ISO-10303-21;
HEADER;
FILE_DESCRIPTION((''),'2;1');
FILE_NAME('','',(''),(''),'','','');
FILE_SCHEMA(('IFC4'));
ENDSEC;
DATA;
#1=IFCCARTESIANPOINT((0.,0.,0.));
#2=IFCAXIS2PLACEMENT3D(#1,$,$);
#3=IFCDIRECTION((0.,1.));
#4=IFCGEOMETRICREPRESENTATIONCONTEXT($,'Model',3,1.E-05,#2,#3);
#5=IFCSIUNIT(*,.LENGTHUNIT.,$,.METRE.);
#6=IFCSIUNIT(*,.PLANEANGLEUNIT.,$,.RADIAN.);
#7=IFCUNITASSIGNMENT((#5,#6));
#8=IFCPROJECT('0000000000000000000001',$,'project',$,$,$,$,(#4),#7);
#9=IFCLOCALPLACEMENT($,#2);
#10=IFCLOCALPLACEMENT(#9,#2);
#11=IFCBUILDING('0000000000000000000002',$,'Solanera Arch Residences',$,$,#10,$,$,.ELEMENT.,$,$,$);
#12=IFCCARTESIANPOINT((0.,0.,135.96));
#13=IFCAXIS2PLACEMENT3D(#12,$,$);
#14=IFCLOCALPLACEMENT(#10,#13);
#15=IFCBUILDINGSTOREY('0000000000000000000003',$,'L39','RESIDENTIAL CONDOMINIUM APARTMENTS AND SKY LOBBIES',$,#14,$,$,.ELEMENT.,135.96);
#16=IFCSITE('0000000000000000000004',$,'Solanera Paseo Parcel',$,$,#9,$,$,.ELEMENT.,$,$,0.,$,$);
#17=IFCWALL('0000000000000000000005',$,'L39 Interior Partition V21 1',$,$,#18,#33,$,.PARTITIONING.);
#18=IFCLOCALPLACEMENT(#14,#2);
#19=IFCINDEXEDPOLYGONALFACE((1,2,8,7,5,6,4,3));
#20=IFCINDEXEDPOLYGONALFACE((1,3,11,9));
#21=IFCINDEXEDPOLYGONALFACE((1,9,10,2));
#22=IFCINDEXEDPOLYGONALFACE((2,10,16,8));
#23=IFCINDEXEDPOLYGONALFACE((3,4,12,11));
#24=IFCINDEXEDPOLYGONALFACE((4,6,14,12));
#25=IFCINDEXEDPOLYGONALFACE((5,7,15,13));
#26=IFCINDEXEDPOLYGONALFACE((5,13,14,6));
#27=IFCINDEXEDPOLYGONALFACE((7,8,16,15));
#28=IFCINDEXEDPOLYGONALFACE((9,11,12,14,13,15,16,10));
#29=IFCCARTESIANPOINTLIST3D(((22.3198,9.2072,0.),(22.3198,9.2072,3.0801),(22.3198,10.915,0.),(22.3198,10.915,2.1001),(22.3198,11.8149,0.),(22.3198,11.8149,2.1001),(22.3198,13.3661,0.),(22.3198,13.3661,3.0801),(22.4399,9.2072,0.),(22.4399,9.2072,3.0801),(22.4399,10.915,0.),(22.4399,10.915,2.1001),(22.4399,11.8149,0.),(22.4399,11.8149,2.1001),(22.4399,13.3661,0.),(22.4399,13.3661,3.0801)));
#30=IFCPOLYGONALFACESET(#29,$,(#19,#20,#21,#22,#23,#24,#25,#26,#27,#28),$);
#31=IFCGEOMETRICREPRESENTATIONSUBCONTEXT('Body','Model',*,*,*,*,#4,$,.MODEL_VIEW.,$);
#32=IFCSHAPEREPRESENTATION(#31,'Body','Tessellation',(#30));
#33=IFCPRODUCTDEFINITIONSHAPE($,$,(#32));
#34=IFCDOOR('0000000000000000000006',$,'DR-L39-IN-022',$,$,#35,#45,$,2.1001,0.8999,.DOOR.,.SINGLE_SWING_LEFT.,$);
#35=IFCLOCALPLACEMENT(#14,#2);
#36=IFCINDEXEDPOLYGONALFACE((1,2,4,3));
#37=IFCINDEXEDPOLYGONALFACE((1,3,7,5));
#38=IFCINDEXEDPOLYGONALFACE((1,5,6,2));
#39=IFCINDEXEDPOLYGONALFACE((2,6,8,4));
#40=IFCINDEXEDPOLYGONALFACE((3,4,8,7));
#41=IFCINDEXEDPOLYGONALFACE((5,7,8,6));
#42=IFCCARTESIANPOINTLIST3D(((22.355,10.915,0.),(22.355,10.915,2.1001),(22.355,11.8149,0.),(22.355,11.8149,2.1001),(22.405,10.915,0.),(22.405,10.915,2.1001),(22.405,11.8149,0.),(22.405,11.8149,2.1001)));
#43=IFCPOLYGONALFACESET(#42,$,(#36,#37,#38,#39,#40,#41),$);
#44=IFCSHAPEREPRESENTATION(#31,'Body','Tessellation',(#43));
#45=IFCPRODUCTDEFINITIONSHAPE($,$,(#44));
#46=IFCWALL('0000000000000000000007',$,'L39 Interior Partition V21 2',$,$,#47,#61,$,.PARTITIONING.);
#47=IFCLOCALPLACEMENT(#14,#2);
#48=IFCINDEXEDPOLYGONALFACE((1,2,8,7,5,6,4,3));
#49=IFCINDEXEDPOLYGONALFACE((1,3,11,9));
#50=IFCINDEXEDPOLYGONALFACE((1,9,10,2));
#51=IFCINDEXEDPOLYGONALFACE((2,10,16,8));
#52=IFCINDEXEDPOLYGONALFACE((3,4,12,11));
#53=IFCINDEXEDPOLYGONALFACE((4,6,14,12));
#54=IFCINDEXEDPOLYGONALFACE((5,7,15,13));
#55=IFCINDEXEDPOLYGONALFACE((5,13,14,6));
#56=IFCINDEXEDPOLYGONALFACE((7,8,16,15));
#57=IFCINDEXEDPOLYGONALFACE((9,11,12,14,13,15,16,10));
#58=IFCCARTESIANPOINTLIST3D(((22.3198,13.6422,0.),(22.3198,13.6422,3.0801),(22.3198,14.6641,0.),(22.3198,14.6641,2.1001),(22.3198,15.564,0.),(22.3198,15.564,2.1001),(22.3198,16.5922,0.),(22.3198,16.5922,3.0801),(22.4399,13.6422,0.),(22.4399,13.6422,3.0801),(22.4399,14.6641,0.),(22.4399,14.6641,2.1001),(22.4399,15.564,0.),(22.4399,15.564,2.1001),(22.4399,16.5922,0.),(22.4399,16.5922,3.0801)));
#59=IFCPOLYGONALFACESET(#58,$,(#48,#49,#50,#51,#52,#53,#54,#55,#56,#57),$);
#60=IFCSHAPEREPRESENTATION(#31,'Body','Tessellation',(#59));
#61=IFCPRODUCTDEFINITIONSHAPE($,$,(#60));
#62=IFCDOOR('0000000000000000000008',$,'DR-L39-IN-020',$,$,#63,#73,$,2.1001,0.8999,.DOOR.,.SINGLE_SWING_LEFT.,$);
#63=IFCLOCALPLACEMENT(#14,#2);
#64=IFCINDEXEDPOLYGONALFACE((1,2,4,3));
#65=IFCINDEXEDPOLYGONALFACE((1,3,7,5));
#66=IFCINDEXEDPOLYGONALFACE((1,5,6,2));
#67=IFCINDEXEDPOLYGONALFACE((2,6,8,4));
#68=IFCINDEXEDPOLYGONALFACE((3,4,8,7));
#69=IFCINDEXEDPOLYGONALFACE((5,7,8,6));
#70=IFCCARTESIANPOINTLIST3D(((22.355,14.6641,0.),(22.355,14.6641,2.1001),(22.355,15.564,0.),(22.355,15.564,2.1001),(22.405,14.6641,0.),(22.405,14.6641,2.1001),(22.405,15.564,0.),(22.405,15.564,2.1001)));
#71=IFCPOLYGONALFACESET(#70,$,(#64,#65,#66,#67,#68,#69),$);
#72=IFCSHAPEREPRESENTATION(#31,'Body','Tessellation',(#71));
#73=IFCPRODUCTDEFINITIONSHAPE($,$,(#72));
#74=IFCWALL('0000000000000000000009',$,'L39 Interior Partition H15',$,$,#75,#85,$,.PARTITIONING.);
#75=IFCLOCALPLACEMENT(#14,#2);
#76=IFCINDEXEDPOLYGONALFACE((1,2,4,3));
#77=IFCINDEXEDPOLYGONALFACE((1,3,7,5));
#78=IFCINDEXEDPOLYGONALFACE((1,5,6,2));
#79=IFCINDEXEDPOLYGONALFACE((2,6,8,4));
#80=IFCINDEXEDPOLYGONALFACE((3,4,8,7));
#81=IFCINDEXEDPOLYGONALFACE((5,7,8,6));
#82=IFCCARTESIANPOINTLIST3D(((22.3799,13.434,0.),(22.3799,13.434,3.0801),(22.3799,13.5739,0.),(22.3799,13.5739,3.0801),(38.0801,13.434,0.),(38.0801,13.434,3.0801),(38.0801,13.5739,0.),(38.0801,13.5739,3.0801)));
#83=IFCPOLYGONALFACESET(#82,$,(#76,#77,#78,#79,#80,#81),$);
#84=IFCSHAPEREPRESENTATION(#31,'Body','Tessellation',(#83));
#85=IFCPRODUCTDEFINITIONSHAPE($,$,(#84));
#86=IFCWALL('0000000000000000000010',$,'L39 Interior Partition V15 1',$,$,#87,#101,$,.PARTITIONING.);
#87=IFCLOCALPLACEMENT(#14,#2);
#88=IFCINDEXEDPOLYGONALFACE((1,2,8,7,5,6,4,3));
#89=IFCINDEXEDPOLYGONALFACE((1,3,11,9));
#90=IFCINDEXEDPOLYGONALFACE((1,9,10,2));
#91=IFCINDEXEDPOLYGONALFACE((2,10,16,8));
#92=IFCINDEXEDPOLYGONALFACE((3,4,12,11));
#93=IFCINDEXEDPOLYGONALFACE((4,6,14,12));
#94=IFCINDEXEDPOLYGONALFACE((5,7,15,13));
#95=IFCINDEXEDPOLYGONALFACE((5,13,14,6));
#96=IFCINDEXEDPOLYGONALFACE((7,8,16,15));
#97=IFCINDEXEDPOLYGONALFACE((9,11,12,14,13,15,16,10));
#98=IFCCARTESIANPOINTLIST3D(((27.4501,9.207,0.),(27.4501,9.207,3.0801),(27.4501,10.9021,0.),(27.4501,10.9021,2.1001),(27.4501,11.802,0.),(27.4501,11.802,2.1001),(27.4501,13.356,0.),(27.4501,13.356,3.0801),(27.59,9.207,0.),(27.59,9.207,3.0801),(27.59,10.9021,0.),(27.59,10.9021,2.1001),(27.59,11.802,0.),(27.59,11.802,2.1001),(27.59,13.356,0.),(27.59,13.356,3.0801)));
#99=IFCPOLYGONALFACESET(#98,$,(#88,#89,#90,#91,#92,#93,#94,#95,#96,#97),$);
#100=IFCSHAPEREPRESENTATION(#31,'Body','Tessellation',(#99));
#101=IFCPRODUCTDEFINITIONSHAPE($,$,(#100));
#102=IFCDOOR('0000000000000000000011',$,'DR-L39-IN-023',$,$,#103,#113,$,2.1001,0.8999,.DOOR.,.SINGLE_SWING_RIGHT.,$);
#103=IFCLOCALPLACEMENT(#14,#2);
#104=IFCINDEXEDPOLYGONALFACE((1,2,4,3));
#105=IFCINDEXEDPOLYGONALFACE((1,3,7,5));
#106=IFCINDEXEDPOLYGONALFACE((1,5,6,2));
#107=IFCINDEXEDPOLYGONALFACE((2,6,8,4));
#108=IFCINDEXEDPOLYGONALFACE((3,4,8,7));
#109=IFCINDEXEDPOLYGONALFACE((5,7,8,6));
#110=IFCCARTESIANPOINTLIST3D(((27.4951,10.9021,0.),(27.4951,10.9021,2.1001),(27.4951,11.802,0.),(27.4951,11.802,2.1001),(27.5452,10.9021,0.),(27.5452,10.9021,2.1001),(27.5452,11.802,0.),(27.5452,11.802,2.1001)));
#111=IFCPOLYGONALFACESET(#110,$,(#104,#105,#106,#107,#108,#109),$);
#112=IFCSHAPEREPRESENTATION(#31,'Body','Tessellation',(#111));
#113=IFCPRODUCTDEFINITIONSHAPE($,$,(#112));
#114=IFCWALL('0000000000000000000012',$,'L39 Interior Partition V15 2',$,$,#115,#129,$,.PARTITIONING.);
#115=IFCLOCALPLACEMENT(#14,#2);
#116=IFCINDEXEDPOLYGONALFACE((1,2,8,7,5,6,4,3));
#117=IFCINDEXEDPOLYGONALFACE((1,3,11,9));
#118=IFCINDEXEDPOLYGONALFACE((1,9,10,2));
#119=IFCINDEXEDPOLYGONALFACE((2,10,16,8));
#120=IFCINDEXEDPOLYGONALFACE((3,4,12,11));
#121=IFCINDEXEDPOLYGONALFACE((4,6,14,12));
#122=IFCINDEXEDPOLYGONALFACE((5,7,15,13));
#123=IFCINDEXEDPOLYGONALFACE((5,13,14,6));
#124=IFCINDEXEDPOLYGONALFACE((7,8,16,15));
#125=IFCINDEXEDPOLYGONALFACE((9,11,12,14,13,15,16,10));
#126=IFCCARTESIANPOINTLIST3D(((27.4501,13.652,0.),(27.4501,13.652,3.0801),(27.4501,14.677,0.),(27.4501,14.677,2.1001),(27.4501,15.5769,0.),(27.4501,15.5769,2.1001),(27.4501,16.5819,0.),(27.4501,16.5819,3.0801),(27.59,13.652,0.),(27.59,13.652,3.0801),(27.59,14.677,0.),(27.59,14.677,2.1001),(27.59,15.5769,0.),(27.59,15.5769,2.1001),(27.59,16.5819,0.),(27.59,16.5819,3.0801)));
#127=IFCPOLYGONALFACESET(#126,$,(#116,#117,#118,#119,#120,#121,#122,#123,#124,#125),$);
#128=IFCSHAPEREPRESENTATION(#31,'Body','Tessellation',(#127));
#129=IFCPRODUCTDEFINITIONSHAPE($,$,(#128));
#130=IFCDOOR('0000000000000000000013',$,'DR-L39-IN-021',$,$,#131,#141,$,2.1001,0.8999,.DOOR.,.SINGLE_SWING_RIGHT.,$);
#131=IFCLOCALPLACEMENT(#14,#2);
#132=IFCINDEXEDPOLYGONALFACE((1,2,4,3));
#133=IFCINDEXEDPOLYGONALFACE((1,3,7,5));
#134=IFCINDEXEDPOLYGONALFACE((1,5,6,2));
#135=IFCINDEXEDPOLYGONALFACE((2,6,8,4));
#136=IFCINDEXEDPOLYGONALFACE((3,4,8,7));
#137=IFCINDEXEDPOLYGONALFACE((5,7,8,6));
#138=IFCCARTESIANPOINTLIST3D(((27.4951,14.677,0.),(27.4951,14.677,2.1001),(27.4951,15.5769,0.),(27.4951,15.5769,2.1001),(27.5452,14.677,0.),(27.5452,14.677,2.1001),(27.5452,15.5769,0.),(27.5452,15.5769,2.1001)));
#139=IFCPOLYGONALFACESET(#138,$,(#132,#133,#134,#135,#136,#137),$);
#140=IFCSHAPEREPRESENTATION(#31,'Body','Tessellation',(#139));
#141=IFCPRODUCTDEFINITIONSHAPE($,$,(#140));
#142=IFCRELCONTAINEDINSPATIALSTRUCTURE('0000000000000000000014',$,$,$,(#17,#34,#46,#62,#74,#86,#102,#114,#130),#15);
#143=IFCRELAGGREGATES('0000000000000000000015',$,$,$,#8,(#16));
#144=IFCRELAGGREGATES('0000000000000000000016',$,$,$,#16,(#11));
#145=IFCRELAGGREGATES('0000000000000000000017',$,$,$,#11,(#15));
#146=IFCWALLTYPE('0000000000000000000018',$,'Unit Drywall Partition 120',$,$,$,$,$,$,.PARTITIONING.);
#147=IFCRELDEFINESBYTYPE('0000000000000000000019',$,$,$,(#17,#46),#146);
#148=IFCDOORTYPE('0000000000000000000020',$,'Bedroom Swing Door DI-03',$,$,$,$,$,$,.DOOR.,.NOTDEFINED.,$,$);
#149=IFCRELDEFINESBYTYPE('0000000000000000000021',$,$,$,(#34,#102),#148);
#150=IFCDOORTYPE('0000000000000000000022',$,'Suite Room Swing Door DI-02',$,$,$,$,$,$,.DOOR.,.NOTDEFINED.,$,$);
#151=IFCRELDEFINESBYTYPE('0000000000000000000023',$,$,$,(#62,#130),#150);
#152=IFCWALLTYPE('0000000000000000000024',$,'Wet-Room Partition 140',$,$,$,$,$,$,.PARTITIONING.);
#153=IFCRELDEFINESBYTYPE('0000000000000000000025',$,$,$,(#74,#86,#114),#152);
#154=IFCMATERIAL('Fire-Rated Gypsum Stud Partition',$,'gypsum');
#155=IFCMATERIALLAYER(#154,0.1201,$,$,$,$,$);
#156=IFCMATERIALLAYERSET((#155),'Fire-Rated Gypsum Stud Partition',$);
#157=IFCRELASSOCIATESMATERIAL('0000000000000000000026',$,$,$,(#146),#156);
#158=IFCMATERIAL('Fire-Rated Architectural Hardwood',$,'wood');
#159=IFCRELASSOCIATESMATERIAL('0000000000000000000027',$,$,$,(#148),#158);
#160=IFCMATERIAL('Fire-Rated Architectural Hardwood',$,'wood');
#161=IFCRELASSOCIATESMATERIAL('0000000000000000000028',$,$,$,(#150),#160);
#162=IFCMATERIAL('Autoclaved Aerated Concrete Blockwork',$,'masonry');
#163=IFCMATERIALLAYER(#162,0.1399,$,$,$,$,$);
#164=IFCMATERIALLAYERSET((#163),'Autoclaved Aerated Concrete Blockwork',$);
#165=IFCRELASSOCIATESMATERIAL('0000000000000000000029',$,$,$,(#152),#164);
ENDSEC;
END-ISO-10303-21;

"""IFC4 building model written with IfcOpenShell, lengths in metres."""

from ifc_helpers import new_model, si_unit, direction, frame, frame_2d, origin, place, context, subcontext, project, spatial, rectangle, extrude, material, layer, layer_set, type_object, element, fill, save


model = new_model("IFC4")

# Units and contexts
model_context = context("Model", 3, precision=1e-05, world=origin(), true_north=direction((0.0, 1.0)))
body_context = subcontext(model_context, "Body", "Model", "MODEL_VIEW")
ifc_project = project(units=[si_unit("LENGTHUNIT", "METRE"), si_unit("PLANEANGLEUNIT", "RADIAN")], contexts=[model_context])

# Site, building, storey
site_placement = place(None, origin())
site = spatial("IfcSite", under=ifc_project, at=site_placement, Name="Solanera Paseo Parcel", CompositionType="ELEMENT", RefElevation=0.0)
building_placement = place(site_placement, origin())
building = spatial("IfcBuilding", under=site, at=building_placement, Name="Solanera Arch Residences", CompositionType="ELEMENT")
storey_placement = place(building_placement, frame((0.0, 0.0, 135.96)))
storey = spatial("IfcBuildingStorey", under=building, at=storey_placement, Name="L39", Description="RESIDENTIAL CONDOMINIUM APARTMENTS AND SKY LOBBIES", CompositionType="ELEMENT", Elevation=135.96)

# Walls, openings, doors
ifc_material_1 = material(Name="Fire-Rated Gypsum Stud Partition", Category="gypsum")
ifc_layer_1 = layer(ifc_material_1, 0.1201)
ifc_layer_set_1 = layer_set([ifc_layer_1], Name="Fire-Rated Gypsum Stud Partition")
wall_type_1 = type_object("IfcWallType", Name="Unit Drywall Partition 120", PredefinedType="PARTITIONING", material=ifc_layer_set_1)
wall_1_placement = place(storey_placement, frame((22.3799, 9.207, 0.0), z_axis=(0.0, 0.0, 1.0), x_axis=(0.0, 1.0, 0.0)))
wall_1 = element("IfcWall", 1, at=wall_1_placement, inside=storey, type_object=wall_type_1, Name="L39 Interior Partition V21 1", PredefinedType="PARTITIONING", context=body_context, shape_type="SweptSolid", body=[
    extrude(rectangle(XDim=4.1589, YDim=0.1201, at=frame_2d((2.0796, 0.0))), origin(), (0.0, 0.0, 1.0), 3.0801),
])
opening_1_placement = place(wall_1_placement, frame((1.708, 0.0, 0.0)))
opening_1 = element("IfcOpeningElement", 2, at=opening_1_placement, cuts=wall_1, PredefinedType="OPENING", context=body_context, shape_type="SweptSolid", body=[
    extrude(rectangle(XDim=0.8999, YDim=2.1001, at=frame_2d((0.45, 1.05))), frame((0.0, 0.0701, 0.0), z_axis=(0.0, -1.0, 0.0), x_axis=(1.0, 0.0, 0.0)), (0.0, 0.0, 1.0), 0.1401),
])
ifc_material_2 = material(Name="Fire-Rated Architectural Hardwood", Category="wood")
door_type_1 = type_object("IfcDoorType", Name="Bedroom Swing Door DI-03", OperationType="NOTDEFINED", PredefinedType="DOOR", material=ifc_material_2)
door_1_placement = place(opening_1_placement, origin())
door_1 = element("IfcDoor", 3, at=door_1_placement, inside=storey, type_object=door_type_1, Name="DR-L39-IN-022", OperationType="SINGLE_SWING_LEFT", OverallHeight=2.1001, OverallWidth=0.8999, PredefinedType="DOOR", context=body_context, shape_type="SweptSolid", body=[
    extrude(rectangle(XDim=0.8999, YDim=2.1001, at=frame_2d((0.45, 1.05))), frame((0.0, 0.0249, 0.0), z_axis=(0.0, -1.0, 0.0), x_axis=(1.0, 0.0, 0.0)), (0.0, 0.0, 1.0), 0.05),
])
fill(opening_1, door_1)
wall_2_placement = place(storey_placement, frame((22.3799, 13.6421, 0.0), z_axis=(0.0, 0.0, 1.0), x_axis=(0.0, 1.0, 0.0)))
wall_2 = element("IfcWall", 4, at=wall_2_placement, inside=storey, type_object=wall_type_1, Name="L39 Interior Partition V21 2", PredefinedType="PARTITIONING", context=body_context, shape_type="SweptSolid", body=[
    extrude(rectangle(XDim=2.95, YDim=0.1201, at=frame_2d((1.4751, 0.0))), origin(), (0.0, 0.0, 1.0), 3.0801),
])
opening_2_placement = place(wall_2_placement, frame((1.022, 0.0, 0.0)))
opening_2 = element("IfcOpeningElement", 5, at=opening_2_placement, cuts=wall_2, PredefinedType="OPENING", context=body_context, shape_type="SweptSolid", body=[
    extrude(rectangle(XDim=0.8999, YDim=2.1001, at=frame_2d((0.45, 1.05))), frame((0.0, 0.0701, 0.0), z_axis=(0.0, -1.0, 0.0), x_axis=(1.0, 0.0, 0.0)), (0.0, 0.0, 1.0), 0.1401),
])
ifc_material_3 = material(Name="Fire-Rated Architectural Hardwood", Category="wood")
door_type_2 = type_object("IfcDoorType", Name="Suite Room Swing Door DI-02", OperationType="NOTDEFINED", PredefinedType="DOOR", material=ifc_material_3)
door_2_placement = place(opening_2_placement, origin())
door_2 = element("IfcDoor", 6, at=door_2_placement, inside=storey, type_object=door_type_2, Name="DR-L39-IN-020", OperationType="SINGLE_SWING_LEFT", OverallHeight=2.1001, OverallWidth=0.8999, PredefinedType="DOOR", context=body_context, shape_type="SweptSolid", body=[
    extrude(rectangle(XDim=0.8999, YDim=2.1001, at=frame_2d((0.45, 1.05))), frame((0.0, 0.0249, 0.0), z_axis=(0.0, -1.0, 0.0), x_axis=(1.0, 0.0, 0.0)), (0.0, 0.0, 1.0), 0.05),
])
fill(opening_2, door_2)

# Wall
ifc_material_4 = material(Name="Autoclaved Aerated Concrete Blockwork", Category="masonry")
ifc_layer_2 = layer(ifc_material_4, 0.1399)
ifc_layer_set_2 = layer_set([ifc_layer_2], Name="Autoclaved Aerated Concrete Blockwork")
wall_type_2 = type_object("IfcWallType", Name="Wet-Room Partition 140", PredefinedType="PARTITIONING", material=ifc_layer_set_2)
wall_3_placement = place(storey_placement, frame((22.3799, 13.5039, 0.0), z_axis=(0.0, 0.0, 1.0), x_axis=(1.0, 0.0, 0.0)))
element("IfcWall", 7, at=wall_3_placement, inside=storey, type_object=wall_type_2, Name="L39 Interior Partition H15", PredefinedType="PARTITIONING", context=body_context, shape_type="SweptSolid", body=[
    extrude(rectangle(XDim=15.7002, YDim=0.1399, at=frame_2d((7.8501, 0.0))), origin(), (0.0, 0.0, 1.0), 3.0801),
])

# Walls, openings, doors
wall_4_placement = place(storey_placement, frame((27.52, 9.207, 0.0), z_axis=(0.0, 0.0, 1.0), x_axis=(0.0, 1.0, 0.0)))
wall_4 = element("IfcWall", 8, at=wall_4_placement, inside=storey, type_object=wall_type_2, Name="L39 Interior Partition V15 1", PredefinedType="PARTITIONING", context=body_context, shape_type="SweptSolid", body=[
    extrude(rectangle(XDim=4.1489, YDim=0.1399, at=frame_2d((2.0745, 0.0))), origin(), (0.0, 0.0, 1.0), 3.0801),
])
opening_3_placement = place(wall_4_placement, frame((1.6951, 0.0, 0.0)))
opening_3 = element("IfcOpeningElement", 9, at=opening_3_placement, cuts=wall_4, PredefinedType="OPENING", context=body_context, shape_type="SweptSolid", body=[
    extrude(rectangle(XDim=0.8999, YDim=2.1001, at=frame_2d((0.45, 1.05))), frame((0.0, 0.0798, 0.0), z_axis=(0.0, -1.0, 0.0), x_axis=(1.0, 0.0, 0.0)), (0.0, 0.0, 1.0), 0.1599),
])
door_3_placement = place(opening_3_placement, origin())
door_3 = element("IfcDoor", 10, at=door_3_placement, inside=storey, type_object=door_type_1, Name="DR-L39-IN-023", OperationType="SINGLE_SWING_RIGHT", OverallHeight=2.1001, OverallWidth=0.8999, PredefinedType="DOOR", context=body_context, shape_type="SweptSolid", body=[
    extrude(rectangle(XDim=0.8999, YDim=2.1001, at=frame_2d((0.45, 1.05))), frame((0.0, 0.0249, 0.0), z_axis=(0.0, -1.0, 0.0), x_axis=(1.0, 0.0, 0.0)), (0.0, 0.0, 1.0), 0.05),
])
fill(opening_3, door_3)
wall_5_placement = place(storey_placement, frame((27.52, 13.6521, 0.0), z_axis=(0.0, 0.0, 1.0), x_axis=(0.0, 1.0, 0.0)))
wall_5 = element("IfcWall", 11, at=wall_5_placement, inside=storey, type_object=wall_type_2, Name="L39 Interior Partition V15 2", PredefinedType="PARTITIONING", context=body_context, shape_type="SweptSolid", body=[
    extrude(rectangle(XDim=2.9299, YDim=0.1399, at=frame_2d((1.4648, 0.0))), origin(), (0.0, 0.0, 1.0), 3.0801),
])
opening_4_placement = place(wall_5_placement, frame((1.0249, 0.0, 0.0)))
opening_4 = element("IfcOpeningElement", 12, at=opening_4_placement, cuts=wall_5, PredefinedType="OPENING", context=body_context, shape_type="SweptSolid", body=[
    extrude(rectangle(XDim=0.8999, YDim=2.1001, at=frame_2d((0.45, 1.05))), frame((0.0, 0.0798, 0.0), z_axis=(0.0, -1.0, 0.0), x_axis=(1.0, 0.0, 0.0)), (0.0, 0.0, 1.0), 0.1599),
])
door_4_placement = place(opening_4_placement, origin())
door_4 = element("IfcDoor", 13, at=door_4_placement, inside=storey, type_object=door_type_2, Name="DR-L39-IN-021", OperationType="SINGLE_SWING_RIGHT", OverallHeight=2.1001, OverallWidth=0.8999, PredefinedType="DOOR", context=body_context, shape_type="SweptSolid", body=[
    extrude(rectangle(XDim=0.8999, YDim=2.1001, at=frame_2d((0.45, 1.05))), frame((0.0, 0.0249, 0.0), z_axis=(0.0, -1.0, 0.0), x_axis=(1.0, 0.0, 0.0)), (0.0, 0.0, 1.0), 0.05),
])
fill(opening_4, door_4)

save(model, "model.ifc")
